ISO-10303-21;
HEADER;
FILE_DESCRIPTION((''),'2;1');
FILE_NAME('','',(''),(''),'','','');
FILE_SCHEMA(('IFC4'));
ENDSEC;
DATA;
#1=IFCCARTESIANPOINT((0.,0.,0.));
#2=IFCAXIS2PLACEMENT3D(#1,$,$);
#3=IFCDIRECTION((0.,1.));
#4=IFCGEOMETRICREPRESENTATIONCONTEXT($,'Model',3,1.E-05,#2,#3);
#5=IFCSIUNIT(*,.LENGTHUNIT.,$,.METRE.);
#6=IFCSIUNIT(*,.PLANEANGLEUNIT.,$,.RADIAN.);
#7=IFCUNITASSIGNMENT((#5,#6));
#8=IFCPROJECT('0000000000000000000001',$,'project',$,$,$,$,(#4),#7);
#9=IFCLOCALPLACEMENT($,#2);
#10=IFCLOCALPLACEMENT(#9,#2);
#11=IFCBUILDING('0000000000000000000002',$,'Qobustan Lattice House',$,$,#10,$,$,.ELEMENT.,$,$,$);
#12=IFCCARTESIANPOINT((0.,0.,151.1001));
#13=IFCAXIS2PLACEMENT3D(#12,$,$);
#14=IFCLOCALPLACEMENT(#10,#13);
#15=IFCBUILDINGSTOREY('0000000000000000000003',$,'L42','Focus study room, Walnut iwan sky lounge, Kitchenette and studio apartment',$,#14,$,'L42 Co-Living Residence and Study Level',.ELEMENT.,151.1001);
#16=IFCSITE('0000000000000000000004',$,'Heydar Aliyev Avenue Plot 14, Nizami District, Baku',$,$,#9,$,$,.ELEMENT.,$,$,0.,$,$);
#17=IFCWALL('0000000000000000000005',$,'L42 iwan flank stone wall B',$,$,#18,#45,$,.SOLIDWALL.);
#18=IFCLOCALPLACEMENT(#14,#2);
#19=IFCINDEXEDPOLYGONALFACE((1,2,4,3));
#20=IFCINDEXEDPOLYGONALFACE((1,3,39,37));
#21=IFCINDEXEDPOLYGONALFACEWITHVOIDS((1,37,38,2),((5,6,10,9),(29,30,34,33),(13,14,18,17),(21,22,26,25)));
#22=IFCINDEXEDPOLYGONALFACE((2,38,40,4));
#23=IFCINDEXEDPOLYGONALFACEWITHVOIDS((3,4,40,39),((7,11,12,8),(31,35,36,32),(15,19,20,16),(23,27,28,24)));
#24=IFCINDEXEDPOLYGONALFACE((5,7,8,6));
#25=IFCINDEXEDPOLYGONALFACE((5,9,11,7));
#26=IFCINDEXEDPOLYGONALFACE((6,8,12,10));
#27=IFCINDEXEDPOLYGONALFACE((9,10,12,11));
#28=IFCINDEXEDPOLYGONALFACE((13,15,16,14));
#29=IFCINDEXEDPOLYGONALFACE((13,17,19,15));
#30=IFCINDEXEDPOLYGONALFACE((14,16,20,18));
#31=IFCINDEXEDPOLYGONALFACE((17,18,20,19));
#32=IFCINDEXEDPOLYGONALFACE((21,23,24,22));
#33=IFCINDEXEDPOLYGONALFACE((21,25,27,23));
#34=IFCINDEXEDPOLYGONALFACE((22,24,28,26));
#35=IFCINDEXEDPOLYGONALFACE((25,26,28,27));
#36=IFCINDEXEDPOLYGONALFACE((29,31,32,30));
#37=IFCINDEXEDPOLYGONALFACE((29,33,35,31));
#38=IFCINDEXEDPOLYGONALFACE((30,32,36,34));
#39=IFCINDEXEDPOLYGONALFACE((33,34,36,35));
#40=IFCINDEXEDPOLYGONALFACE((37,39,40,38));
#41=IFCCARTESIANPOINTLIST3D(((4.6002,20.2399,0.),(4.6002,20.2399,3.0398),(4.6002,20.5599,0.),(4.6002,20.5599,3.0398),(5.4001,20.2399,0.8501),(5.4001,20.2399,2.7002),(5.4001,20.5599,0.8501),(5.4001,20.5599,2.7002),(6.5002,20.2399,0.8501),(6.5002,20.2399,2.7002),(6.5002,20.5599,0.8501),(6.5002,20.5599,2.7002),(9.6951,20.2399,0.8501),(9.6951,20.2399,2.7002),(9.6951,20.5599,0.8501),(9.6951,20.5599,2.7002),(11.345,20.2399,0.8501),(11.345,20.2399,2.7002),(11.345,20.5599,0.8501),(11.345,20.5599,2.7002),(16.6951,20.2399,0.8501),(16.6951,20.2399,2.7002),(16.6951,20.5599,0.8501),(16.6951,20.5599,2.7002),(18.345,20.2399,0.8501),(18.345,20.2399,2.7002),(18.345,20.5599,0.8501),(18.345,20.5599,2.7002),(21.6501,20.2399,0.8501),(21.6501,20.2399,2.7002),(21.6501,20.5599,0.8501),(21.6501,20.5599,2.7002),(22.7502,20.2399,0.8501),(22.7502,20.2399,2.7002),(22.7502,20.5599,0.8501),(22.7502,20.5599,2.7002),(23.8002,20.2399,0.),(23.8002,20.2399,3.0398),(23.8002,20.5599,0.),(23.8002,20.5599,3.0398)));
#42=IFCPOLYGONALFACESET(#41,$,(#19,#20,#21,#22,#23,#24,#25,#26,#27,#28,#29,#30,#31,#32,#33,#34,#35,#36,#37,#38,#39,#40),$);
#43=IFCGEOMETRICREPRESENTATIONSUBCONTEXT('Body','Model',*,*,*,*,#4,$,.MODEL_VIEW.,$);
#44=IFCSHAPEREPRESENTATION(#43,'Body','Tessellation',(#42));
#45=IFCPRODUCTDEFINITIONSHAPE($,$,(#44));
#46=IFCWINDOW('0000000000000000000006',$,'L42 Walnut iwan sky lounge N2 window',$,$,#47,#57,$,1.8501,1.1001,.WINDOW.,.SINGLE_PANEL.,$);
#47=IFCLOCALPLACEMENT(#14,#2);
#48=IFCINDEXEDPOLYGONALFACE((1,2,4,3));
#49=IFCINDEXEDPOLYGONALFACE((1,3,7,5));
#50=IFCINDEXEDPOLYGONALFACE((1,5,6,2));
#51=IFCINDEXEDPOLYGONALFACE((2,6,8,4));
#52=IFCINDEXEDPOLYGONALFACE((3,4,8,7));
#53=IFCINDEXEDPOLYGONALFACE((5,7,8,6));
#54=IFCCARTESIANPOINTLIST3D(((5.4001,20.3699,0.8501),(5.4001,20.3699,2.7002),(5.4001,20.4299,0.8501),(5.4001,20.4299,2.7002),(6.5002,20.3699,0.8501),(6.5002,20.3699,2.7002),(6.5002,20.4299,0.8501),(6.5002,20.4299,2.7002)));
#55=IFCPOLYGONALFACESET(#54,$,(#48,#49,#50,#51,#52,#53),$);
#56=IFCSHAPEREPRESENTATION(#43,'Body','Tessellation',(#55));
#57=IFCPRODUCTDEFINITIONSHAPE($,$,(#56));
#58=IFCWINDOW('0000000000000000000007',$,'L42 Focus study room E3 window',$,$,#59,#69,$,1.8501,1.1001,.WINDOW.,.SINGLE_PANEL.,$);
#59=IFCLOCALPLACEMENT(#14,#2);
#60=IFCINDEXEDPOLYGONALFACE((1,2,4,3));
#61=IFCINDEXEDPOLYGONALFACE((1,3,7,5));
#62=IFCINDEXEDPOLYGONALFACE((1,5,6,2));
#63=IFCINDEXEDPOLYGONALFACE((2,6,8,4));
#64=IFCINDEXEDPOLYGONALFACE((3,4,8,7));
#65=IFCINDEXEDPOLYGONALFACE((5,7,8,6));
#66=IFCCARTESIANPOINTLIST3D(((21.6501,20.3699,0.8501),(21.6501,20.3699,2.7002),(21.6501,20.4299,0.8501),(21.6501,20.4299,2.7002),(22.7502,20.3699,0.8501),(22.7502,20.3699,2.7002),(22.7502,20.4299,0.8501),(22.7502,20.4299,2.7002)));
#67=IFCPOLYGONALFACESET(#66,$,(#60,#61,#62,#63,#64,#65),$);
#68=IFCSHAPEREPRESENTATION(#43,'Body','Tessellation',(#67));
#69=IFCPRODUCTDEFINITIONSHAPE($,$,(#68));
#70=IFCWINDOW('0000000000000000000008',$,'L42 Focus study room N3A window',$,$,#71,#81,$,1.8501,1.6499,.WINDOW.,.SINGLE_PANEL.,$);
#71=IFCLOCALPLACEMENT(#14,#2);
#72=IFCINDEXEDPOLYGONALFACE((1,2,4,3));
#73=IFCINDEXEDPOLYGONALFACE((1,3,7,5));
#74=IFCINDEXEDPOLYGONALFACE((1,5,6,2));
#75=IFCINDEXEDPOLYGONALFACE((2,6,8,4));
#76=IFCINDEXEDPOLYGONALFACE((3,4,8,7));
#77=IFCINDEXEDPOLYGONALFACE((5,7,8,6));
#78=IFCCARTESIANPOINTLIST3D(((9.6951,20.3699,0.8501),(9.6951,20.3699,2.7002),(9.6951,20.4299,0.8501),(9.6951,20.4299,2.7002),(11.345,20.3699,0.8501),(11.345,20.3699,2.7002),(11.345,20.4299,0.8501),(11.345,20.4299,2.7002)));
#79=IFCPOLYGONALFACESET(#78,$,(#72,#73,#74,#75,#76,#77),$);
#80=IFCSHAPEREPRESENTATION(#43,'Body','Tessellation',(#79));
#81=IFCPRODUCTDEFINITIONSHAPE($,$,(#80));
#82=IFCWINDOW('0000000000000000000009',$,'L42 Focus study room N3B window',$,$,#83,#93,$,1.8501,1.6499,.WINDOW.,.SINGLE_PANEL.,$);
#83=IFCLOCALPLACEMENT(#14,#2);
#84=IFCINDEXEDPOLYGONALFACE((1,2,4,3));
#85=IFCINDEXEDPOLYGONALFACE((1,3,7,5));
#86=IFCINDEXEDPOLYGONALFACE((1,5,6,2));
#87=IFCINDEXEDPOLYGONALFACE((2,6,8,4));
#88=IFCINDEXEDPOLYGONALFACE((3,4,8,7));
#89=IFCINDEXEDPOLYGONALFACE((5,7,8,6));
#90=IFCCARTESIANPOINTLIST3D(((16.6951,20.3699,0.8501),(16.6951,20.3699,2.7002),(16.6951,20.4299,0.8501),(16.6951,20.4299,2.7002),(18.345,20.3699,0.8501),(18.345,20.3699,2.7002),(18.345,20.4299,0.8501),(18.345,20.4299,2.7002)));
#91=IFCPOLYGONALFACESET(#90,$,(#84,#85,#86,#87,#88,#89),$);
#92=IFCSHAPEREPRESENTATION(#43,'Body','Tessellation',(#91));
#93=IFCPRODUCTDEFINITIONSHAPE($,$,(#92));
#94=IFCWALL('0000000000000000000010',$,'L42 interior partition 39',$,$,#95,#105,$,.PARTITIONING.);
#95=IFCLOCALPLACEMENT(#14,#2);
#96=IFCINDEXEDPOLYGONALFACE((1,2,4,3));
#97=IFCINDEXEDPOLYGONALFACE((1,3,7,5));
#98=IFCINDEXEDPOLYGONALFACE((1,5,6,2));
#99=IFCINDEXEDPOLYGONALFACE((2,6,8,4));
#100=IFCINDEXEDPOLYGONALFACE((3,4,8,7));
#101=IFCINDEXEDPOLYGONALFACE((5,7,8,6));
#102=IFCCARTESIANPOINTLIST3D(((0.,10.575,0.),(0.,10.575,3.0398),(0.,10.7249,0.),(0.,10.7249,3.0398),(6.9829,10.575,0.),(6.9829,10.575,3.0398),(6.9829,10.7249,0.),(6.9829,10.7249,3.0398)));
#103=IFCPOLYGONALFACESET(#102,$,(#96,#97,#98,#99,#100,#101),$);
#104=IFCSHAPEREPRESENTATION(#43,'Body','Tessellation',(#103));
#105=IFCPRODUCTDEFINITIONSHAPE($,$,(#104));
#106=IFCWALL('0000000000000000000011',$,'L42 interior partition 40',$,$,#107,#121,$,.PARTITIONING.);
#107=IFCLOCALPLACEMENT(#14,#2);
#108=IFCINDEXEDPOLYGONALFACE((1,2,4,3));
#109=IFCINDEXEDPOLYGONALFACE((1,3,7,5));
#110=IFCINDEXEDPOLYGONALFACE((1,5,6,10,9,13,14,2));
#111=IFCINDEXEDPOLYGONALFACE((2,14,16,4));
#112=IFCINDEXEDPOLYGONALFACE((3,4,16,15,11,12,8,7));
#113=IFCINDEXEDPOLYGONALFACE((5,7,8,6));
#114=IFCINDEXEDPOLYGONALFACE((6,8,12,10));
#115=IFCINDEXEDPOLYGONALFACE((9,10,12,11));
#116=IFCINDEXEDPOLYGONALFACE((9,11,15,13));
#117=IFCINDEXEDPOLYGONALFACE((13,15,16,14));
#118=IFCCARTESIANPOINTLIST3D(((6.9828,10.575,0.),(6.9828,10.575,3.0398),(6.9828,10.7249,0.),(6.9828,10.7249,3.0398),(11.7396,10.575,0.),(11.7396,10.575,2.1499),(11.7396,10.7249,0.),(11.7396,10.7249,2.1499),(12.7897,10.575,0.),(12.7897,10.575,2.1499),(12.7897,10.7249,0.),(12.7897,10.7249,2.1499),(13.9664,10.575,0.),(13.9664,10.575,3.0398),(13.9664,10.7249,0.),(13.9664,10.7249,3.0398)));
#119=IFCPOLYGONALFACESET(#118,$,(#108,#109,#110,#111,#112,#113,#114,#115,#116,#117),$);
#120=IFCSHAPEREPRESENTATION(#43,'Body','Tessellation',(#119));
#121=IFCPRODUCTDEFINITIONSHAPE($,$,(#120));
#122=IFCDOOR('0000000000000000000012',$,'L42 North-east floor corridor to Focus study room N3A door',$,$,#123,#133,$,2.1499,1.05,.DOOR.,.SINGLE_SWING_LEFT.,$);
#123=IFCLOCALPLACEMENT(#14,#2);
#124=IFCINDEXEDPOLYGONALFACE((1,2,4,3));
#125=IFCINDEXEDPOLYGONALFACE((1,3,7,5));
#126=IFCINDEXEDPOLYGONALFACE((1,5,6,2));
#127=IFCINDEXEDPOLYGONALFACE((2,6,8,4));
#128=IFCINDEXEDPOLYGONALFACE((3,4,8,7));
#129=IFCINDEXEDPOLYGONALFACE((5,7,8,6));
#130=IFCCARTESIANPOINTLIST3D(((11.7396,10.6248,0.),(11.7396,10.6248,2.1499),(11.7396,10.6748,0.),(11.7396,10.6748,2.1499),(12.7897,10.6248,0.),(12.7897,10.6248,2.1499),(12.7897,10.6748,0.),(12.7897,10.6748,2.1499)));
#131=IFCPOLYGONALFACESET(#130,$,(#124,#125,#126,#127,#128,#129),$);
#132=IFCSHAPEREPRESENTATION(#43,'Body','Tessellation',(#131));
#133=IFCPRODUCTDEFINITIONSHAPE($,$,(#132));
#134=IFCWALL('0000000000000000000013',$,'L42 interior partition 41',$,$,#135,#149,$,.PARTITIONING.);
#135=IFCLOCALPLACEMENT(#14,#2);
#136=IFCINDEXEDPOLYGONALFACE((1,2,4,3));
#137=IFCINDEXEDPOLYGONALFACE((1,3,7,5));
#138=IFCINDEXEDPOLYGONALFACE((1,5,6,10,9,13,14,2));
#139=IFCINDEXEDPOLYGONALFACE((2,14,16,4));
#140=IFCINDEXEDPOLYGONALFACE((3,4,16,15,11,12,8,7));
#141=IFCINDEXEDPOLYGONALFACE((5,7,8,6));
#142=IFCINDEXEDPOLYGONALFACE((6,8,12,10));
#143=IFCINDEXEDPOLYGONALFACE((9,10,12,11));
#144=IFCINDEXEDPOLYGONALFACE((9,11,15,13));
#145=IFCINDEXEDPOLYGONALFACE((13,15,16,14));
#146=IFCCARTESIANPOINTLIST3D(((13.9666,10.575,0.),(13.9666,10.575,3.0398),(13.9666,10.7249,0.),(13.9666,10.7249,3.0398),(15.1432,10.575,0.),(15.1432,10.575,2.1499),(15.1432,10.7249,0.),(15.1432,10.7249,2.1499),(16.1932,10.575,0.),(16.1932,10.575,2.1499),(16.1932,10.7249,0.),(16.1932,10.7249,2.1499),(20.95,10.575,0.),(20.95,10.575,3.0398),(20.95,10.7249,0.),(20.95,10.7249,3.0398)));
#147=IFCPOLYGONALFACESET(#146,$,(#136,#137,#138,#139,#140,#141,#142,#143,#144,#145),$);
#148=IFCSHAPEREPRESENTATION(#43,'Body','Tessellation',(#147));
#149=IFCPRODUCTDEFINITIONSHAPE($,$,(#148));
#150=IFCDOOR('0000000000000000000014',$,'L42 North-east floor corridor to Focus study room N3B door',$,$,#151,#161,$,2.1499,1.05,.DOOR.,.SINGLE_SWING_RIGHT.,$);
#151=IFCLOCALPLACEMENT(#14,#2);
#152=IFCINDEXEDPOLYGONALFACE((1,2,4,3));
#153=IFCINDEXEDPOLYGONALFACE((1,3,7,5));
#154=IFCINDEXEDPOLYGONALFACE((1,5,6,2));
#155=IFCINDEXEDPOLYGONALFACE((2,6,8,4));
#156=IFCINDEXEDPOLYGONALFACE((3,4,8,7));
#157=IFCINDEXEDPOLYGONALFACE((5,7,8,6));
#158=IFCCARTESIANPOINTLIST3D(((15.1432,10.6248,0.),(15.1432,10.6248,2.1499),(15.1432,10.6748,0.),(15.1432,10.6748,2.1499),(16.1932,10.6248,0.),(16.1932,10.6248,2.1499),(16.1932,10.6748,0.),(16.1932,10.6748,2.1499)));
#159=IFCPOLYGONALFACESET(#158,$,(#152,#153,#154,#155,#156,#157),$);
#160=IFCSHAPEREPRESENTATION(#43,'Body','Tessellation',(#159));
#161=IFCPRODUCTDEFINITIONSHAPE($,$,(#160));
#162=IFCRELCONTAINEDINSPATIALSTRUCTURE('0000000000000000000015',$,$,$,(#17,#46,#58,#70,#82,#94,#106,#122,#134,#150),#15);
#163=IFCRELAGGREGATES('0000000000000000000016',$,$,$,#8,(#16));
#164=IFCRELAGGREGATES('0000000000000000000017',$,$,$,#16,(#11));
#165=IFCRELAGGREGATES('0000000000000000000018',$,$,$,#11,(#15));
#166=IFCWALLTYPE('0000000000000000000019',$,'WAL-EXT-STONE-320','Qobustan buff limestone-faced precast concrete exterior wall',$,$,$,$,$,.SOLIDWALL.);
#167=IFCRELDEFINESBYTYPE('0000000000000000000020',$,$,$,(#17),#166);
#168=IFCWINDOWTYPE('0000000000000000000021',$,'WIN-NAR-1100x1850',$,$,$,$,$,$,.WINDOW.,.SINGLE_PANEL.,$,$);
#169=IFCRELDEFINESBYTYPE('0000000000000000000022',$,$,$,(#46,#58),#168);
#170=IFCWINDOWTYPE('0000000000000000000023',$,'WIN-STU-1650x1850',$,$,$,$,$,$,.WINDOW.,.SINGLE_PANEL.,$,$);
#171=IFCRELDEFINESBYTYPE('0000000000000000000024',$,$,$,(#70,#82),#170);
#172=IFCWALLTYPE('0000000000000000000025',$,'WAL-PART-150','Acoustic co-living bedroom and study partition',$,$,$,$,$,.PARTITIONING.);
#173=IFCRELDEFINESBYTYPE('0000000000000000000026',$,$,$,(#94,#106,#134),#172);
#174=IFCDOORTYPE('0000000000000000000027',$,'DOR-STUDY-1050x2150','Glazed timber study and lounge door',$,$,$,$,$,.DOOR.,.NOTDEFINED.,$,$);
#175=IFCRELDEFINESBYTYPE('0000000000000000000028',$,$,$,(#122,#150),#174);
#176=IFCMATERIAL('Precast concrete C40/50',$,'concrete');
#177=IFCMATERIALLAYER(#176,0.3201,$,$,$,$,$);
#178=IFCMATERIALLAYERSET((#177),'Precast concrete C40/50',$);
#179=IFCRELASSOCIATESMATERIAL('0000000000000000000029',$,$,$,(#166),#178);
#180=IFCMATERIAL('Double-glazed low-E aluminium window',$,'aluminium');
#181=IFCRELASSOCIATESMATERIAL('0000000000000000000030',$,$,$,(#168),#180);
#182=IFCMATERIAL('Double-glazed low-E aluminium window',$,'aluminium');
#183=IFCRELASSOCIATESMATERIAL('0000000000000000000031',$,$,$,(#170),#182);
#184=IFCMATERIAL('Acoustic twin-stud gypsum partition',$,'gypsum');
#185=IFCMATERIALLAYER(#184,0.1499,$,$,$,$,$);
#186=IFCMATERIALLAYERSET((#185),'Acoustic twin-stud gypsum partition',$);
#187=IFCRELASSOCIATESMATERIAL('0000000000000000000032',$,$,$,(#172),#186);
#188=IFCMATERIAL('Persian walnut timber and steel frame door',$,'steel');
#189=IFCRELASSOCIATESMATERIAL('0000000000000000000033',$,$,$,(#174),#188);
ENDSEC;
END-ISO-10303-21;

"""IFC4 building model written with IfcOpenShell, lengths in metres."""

from ifc_helpers import new_model, si_unit, direction, frame, frame_2d, origin, place, context, subcontext, project, spatial, rectangle, extrude, material, layer, layer_set, type_object, element, fill, save


model = new_model("IFC4")

# Units and contexts
model_context = context("Model", 3, precision=1e-05, world=origin(), true_north=direction((0.0, 1.0)))
body_context = subcontext(model_context, "Body", "Model", "MODEL_VIEW")
ifc_project = project(units=[si_unit("LENGTHUNIT", "METRE"), si_unit("PLANEANGLEUNIT", "RADIAN")], contexts=[model_context])

# Site, building, storey
site_placement = place(None, origin())
site = spatial("IfcSite", under=ifc_project, at=site_placement, Name="Heydar Aliyev Avenue Plot 14, Nizami District, Baku", CompositionType="ELEMENT", RefElevation=0.0)
building_placement = place(site_placement, origin())
building = spatial("IfcBuilding", under=site, at=building_placement, Name="Qobustan Lattice House", CompositionType="ELEMENT")
storey_placement = place(building_placement, frame((0.0, 0.0, 151.1001)))
storey = spatial("IfcBuildingStorey", under=building, at=storey_placement, Name="L42", Description="Focus study room, Walnut iwan sky lounge, Kitchenette and studio apartment", LongName="L42 Co-Living Residence and Study Level", CompositionType="ELEMENT", Elevation=151.1001)

# Wall, openings, windows
ifc_material_1 = material(Name="Precast concrete C40/50", Category="concrete")
ifc_layer_1 = layer(ifc_material_1, 0.3201)
ifc_layer_set_1 = layer_set([ifc_layer_1], Name="Precast concrete C40/50")
wall_type_1 = type_object("IfcWallType", Name="WAL-EXT-STONE-320", Description="Qobustan buff limestone-faced precast concrete exterior wall", PredefinedType="SOLIDWALL", material=ifc_layer_set_1)
wall_1_placement = place(storey_placement, frame((4.6001, 20.3999, 0.0), z_axis=(0.0, 0.0, 1.0), x_axis=(1.0, 0.0, 0.0)))
wall_1 = element("IfcWall", 1, at=wall_1_placement, inside=storey, type_object=wall_type_1, Name="L42 iwan flank stone wall B", PredefinedType="SOLIDWALL", context=body_context, shape_type="SweptSolid", body=[
    extrude(rectangle(XDim=19.2, YDim=0.3201, at=frame_2d((9.6001, 0.0))), origin(), (0.0, 0.0, 1.0), 3.0398),
])
opening_1_placement = place(wall_1_placement, frame((0.8, 0.0, 0.8501)))
opening_1 = element("IfcOpeningElement", 2, at=opening_1_placement, cuts=wall_1, PredefinedType="OPENING", context=body_context, shape_type="SweptSolid", body=[
    extrude(rectangle(XDim=1.1001, YDim=1.8501, at=frame_2d((0.55, 0.925))), frame((0.0, 0.1699, 0.0), z_axis=(0.0, -1.0, 0.0), x_axis=(1.0, 0.0, 0.0)), (0.0, 0.0, 1.0), 0.3401),
])
opening_2_placement = place(wall_1_placement, frame((5.095, 0.0, 0.8501)))
opening_2 = element("IfcOpeningElement", 3, at=opening_2_placement, cuts=wall_1, PredefinedType="OPENING", context=body_context, shape_type="SweptSolid", body=[
    extrude(rectangle(XDim=1.6499, YDim=1.8501, at=frame_2d((0.825, 0.925))), frame((0.0, 0.1699, 0.0), z_axis=(0.0, -1.0, 0.0), x_axis=(1.0, 0.0, 0.0)), (0.0, 0.0, 1.0), 0.3401),
])
opening_3_placement = place(wall_1_placement, frame((12.095, 0.0, 0.8501)))
opening_3 = element("IfcOpeningElement", 4, at=opening_3_placement, cuts=wall_1, PredefinedType="OPENING", context=body_context, shape_type="SweptSolid", body=[
    extrude(rectangle(XDim=1.6499, YDim=1.8501, at=frame_2d((0.825, 0.925))), frame((0.0, 0.1699, 0.0), z_axis=(0.0, -1.0, 0.0), x_axis=(1.0, 0.0, 0.0)), (0.0, 0.0, 1.0), 0.3401),
])
opening_4_placement = place(wall_1_placement, frame((17.05, 0.0, 0.8501)))
opening_4 = element("IfcOpeningElement", 5, at=opening_4_placement, cuts=wall_1, PredefinedType="OPENING", context=body_context, shape_type="SweptSolid", body=[
    extrude(rectangle(XDim=1.1001, YDim=1.8501, at=frame_2d((0.55, 0.925))), frame((0.0, 0.1699, 0.0), z_axis=(0.0, -1.0, 0.0), x_axis=(1.0, 0.0, 0.0)), (0.0, 0.0, 1.0), 0.3401),
])
ifc_material_2 = material(Name="Double-glazed low-E aluminium window", Category="aluminium")
window_type_1 = type_object("IfcWindowType", Name="WIN-NAR-1100x1850", PartitioningType="SINGLE_PANEL", PredefinedType="WINDOW", material=ifc_material_2)
window_1_placement = place(opening_1_placement, origin())
window_1 = element("IfcWindow", 6, at=window_1_placement, inside=storey, type_object=window_type_1, Name="L42 Walnut iwan sky lounge N2 window", OverallHeight=1.8501, OverallWidth=1.1001, PartitioningType="SINGLE_PANEL", PredefinedType="WINDOW", context=body_context, shape_type="SweptSolid", body=[
    extrude(rectangle(XDim=1.1001, YDim=1.8501, at=frame_2d((0.55, 0.925))), frame((0.0, 0.03, 0.0), z_axis=(0.0, -1.0, 0.0), x_axis=(1.0, 0.0, 0.0)), (0.0, 0.0, 1.0), 0.0601),
])
fill(opening_1, window_1)
window_2_placement = place(opening_4_placement, origin())
window_2 = element("IfcWindow", 7, at=window_2_placement, inside=storey, type_object=window_type_1, Name="L42 Focus study room E3 window", OverallHeight=1.8501, OverallWidth=1.1001, PartitioningType="SINGLE_PANEL", PredefinedType="WINDOW", context=body_context, shape_type="SweptSolid", body=[
    extrude(rectangle(XDim=1.1001, YDim=1.8501, at=frame_2d((0.55, 0.925))), frame((0.0, 0.03, 0.0), z_axis=(0.0, -1.0, 0.0), x_axis=(1.0, 0.0, 0.0)), (0.0, 0.0, 1.0), 0.0601),
])
fill(opening_4, window_2)
ifc_material_3 = material(Name="Double-glazed low-E aluminium window", Category="aluminium")
window_type_2 = type_object("IfcWindowType", Name="WIN-STU-1650x1850", PartitioningType="SINGLE_PANEL", PredefinedType="WINDOW", material=ifc_material_3)
window_3_placement = place(opening_2_placement, origin())
window_3 = element("IfcWindow", 8, at=window_3_placement, inside=storey, type_object=window_type_2, Name="L42 Focus study room N3A window", OverallHeight=1.8501, OverallWidth=1.6499, PartitioningType="SINGLE_PANEL", PredefinedType="WINDOW", context=body_context, shape_type="SweptSolid", body=[
    extrude(rectangle(XDim=1.6499, YDim=1.8501, at=frame_2d((0.825, 0.925))), frame((0.0, 0.03, 0.0), z_axis=(0.0, -1.0, 0.0), x_axis=(1.0, 0.0, 0.0)), (0.0, 0.0, 1.0), 0.0601),
])
fill(opening_2, window_3)
window_4_placement = place(opening_3_placement, origin())
window_4 = element("IfcWindow", 9, at=window_4_placement, inside=storey, type_object=window_type_2, Name="L42 Focus study room N3B window", OverallHeight=1.8501, OverallWidth=1.6499, PartitioningType="SINGLE_PANEL", PredefinedType="WINDOW", context=body_context, shape_type="SweptSolid", body=[
    extrude(rectangle(XDim=1.6499, YDim=1.8501, at=frame_2d((0.825, 0.925))), frame((0.0, 0.03, 0.0), z_axis=(0.0, -1.0, 0.0), x_axis=(1.0, 0.0, 0.0)), (0.0, 0.0, 1.0), 0.0601),
])
fill(opening_3, window_4)

# Wall
ifc_material_4 = material(Name="Acoustic twin-stud gypsum partition", Category="gypsum")
ifc_layer_2 = layer(ifc_material_4, 0.1499)
ifc_layer_set_2 = layer_set([ifc_layer_2], Name="Acoustic twin-stud gypsum partition")
wall_type_2 = type_object("IfcWallType", Name="WAL-PART-150", Description="Acoustic co-living bedroom and study partition", PredefinedType="PARTITIONING", material=ifc_layer_set_2)
wall_2_placement = place(storey_placement, frame((0.0, 10.6499, 0.0), z_axis=(0.0, 0.0, 1.0), x_axis=(1.0, 0.0, 0.0)))
element("IfcWall", 10, at=wall_2_placement, inside=storey, type_object=wall_type_2, Name="L42 interior partition 39", PredefinedType="PARTITIONING", context=body_context, shape_type="SweptSolid", body=[
    extrude(rectangle(XDim=6.9829, YDim=0.1499, at=frame_2d((3.4915, 0.0))), origin(), (0.0, 0.0, 1.0), 3.0398),
])

# Walls, openings, doors
wall_3_placement = place(storey_placement, frame((6.9829, 10.6499, 0.0), z_axis=(0.0, 0.0, 1.0), x_axis=(1.0, 0.0, 0.0)))
wall_3 = element("IfcWall", 11, at=wall_3_placement, inside=storey, type_object=wall_type_2, Name="L42 interior partition 40", PredefinedType="PARTITIONING", context=body_context, shape_type="SweptSolid", body=[
    extrude(rectangle(XDim=6.9836, YDim=0.1499, at=frame_2d((3.4917, 0.0))), origin(), (0.0, 0.0, 1.0), 3.0398),
])
opening_5_placement = place(wall_3_placement, frame((4.7568, 0.0, 0.0)))
opening_5 = element("IfcOpeningElement", 12, at=opening_5_placement, cuts=wall_3, PredefinedType="OPENING", context=body_context, shape_type="SweptSolid", body=[
    extrude(rectangle(XDim=1.05, YDim=2.1499, at=frame_2d((0.5249, 1.075))), frame((0.0, 0.085, 0.0), z_axis=(0.0, -1.0, 0.0), x_axis=(1.0, 0.0, 0.0)), (0.0, 0.0, 1.0), 0.1699),
])
ifc_material_5 = material(Name="Persian walnut timber and steel frame door", Category="steel")
door_type = type_object("IfcDoorType", Name="DOR-STUDY-1050x2150", Description="Glazed timber study and lounge door", OperationType="NOTDEFINED", PredefinedType="DOOR", material=ifc_material_5)
door_1_placement = place(opening_5_placement, origin())
door_1 = element("IfcDoor", 13, at=door_1_placement, inside=storey, type_object=door_type, Name="L42 North-east floor corridor to Focus study room N3A door", OperationType="SINGLE_SWING_LEFT", OverallHeight=2.1499, OverallWidth=1.05, PredefinedType="DOOR", context=body_context, shape_type="SweptSolid", body=[
    extrude(rectangle(XDim=1.05, YDim=2.1499, at=frame_2d((0.5249, 1.075))), frame((0.0, 0.0249, 0.0), z_axis=(0.0, -1.0, 0.0), x_axis=(1.0, 0.0, 0.0)), (0.0, 0.0, 1.0), 0.05),
])
fill(opening_5, door_1)
wall_4_placement = place(storey_placement, frame((13.9666, 10.6499, 0.0), z_axis=(0.0, 0.0, 1.0), x_axis=(1.0, 0.0, 0.0)))
wall_4 = element("IfcWall", 14, at=wall_4_placement, inside=storey, type_object=wall_type_2, Name="L42 interior partition 41", PredefinedType="PARTITIONING", context=body_context, shape_type="SweptSolid", body=[
    extrude(rectangle(XDim=6.9834, YDim=0.1499, at=frame_2d((3.4917, 0.0))), origin(), (0.0, 0.0, 1.0), 3.0398),
])
opening_6_placement = place(wall_4_placement, frame((1.1768, 0.0, 0.0)))
opening_6 = element("IfcOpeningElement", 15, at=opening_6_placement, cuts=wall_4, PredefinedType="OPENING", context=body_context, shape_type="SweptSolid", body=[
    extrude(rectangle(XDim=1.05, YDim=2.1499, at=frame_2d((0.5249, 1.075))), frame((0.0, 0.085, 0.0), z_axis=(0.0, -1.0, 0.0), x_axis=(1.0, 0.0, 0.0)), (0.0, 0.0, 1.0), 0.1699),
])
door_2_placement = place(opening_6_placement, origin())
door_2 = element("IfcDoor", 16, at=door_2_placement, inside=storey, type_object=door_type, Name="L42 North-east floor corridor to Focus study room N3B door", OperationType="SINGLE_SWING_RIGHT", OverallHeight=2.1499, OverallWidth=1.05, PredefinedType="DOOR", context=body_context, shape_type="SweptSolid", body=[
    extrude(rectangle(XDim=1.05, YDim=2.1499, at=frame_2d((0.5249, 1.075))), frame((0.0, 0.0249, 0.0), z_axis=(0.0, -1.0, 0.0), x_axis=(1.0, 0.0, 0.0)), (0.0, 0.0, 1.0), 0.05),
])
fill(opening_6, door_2)

save(model, "model.ifc")
